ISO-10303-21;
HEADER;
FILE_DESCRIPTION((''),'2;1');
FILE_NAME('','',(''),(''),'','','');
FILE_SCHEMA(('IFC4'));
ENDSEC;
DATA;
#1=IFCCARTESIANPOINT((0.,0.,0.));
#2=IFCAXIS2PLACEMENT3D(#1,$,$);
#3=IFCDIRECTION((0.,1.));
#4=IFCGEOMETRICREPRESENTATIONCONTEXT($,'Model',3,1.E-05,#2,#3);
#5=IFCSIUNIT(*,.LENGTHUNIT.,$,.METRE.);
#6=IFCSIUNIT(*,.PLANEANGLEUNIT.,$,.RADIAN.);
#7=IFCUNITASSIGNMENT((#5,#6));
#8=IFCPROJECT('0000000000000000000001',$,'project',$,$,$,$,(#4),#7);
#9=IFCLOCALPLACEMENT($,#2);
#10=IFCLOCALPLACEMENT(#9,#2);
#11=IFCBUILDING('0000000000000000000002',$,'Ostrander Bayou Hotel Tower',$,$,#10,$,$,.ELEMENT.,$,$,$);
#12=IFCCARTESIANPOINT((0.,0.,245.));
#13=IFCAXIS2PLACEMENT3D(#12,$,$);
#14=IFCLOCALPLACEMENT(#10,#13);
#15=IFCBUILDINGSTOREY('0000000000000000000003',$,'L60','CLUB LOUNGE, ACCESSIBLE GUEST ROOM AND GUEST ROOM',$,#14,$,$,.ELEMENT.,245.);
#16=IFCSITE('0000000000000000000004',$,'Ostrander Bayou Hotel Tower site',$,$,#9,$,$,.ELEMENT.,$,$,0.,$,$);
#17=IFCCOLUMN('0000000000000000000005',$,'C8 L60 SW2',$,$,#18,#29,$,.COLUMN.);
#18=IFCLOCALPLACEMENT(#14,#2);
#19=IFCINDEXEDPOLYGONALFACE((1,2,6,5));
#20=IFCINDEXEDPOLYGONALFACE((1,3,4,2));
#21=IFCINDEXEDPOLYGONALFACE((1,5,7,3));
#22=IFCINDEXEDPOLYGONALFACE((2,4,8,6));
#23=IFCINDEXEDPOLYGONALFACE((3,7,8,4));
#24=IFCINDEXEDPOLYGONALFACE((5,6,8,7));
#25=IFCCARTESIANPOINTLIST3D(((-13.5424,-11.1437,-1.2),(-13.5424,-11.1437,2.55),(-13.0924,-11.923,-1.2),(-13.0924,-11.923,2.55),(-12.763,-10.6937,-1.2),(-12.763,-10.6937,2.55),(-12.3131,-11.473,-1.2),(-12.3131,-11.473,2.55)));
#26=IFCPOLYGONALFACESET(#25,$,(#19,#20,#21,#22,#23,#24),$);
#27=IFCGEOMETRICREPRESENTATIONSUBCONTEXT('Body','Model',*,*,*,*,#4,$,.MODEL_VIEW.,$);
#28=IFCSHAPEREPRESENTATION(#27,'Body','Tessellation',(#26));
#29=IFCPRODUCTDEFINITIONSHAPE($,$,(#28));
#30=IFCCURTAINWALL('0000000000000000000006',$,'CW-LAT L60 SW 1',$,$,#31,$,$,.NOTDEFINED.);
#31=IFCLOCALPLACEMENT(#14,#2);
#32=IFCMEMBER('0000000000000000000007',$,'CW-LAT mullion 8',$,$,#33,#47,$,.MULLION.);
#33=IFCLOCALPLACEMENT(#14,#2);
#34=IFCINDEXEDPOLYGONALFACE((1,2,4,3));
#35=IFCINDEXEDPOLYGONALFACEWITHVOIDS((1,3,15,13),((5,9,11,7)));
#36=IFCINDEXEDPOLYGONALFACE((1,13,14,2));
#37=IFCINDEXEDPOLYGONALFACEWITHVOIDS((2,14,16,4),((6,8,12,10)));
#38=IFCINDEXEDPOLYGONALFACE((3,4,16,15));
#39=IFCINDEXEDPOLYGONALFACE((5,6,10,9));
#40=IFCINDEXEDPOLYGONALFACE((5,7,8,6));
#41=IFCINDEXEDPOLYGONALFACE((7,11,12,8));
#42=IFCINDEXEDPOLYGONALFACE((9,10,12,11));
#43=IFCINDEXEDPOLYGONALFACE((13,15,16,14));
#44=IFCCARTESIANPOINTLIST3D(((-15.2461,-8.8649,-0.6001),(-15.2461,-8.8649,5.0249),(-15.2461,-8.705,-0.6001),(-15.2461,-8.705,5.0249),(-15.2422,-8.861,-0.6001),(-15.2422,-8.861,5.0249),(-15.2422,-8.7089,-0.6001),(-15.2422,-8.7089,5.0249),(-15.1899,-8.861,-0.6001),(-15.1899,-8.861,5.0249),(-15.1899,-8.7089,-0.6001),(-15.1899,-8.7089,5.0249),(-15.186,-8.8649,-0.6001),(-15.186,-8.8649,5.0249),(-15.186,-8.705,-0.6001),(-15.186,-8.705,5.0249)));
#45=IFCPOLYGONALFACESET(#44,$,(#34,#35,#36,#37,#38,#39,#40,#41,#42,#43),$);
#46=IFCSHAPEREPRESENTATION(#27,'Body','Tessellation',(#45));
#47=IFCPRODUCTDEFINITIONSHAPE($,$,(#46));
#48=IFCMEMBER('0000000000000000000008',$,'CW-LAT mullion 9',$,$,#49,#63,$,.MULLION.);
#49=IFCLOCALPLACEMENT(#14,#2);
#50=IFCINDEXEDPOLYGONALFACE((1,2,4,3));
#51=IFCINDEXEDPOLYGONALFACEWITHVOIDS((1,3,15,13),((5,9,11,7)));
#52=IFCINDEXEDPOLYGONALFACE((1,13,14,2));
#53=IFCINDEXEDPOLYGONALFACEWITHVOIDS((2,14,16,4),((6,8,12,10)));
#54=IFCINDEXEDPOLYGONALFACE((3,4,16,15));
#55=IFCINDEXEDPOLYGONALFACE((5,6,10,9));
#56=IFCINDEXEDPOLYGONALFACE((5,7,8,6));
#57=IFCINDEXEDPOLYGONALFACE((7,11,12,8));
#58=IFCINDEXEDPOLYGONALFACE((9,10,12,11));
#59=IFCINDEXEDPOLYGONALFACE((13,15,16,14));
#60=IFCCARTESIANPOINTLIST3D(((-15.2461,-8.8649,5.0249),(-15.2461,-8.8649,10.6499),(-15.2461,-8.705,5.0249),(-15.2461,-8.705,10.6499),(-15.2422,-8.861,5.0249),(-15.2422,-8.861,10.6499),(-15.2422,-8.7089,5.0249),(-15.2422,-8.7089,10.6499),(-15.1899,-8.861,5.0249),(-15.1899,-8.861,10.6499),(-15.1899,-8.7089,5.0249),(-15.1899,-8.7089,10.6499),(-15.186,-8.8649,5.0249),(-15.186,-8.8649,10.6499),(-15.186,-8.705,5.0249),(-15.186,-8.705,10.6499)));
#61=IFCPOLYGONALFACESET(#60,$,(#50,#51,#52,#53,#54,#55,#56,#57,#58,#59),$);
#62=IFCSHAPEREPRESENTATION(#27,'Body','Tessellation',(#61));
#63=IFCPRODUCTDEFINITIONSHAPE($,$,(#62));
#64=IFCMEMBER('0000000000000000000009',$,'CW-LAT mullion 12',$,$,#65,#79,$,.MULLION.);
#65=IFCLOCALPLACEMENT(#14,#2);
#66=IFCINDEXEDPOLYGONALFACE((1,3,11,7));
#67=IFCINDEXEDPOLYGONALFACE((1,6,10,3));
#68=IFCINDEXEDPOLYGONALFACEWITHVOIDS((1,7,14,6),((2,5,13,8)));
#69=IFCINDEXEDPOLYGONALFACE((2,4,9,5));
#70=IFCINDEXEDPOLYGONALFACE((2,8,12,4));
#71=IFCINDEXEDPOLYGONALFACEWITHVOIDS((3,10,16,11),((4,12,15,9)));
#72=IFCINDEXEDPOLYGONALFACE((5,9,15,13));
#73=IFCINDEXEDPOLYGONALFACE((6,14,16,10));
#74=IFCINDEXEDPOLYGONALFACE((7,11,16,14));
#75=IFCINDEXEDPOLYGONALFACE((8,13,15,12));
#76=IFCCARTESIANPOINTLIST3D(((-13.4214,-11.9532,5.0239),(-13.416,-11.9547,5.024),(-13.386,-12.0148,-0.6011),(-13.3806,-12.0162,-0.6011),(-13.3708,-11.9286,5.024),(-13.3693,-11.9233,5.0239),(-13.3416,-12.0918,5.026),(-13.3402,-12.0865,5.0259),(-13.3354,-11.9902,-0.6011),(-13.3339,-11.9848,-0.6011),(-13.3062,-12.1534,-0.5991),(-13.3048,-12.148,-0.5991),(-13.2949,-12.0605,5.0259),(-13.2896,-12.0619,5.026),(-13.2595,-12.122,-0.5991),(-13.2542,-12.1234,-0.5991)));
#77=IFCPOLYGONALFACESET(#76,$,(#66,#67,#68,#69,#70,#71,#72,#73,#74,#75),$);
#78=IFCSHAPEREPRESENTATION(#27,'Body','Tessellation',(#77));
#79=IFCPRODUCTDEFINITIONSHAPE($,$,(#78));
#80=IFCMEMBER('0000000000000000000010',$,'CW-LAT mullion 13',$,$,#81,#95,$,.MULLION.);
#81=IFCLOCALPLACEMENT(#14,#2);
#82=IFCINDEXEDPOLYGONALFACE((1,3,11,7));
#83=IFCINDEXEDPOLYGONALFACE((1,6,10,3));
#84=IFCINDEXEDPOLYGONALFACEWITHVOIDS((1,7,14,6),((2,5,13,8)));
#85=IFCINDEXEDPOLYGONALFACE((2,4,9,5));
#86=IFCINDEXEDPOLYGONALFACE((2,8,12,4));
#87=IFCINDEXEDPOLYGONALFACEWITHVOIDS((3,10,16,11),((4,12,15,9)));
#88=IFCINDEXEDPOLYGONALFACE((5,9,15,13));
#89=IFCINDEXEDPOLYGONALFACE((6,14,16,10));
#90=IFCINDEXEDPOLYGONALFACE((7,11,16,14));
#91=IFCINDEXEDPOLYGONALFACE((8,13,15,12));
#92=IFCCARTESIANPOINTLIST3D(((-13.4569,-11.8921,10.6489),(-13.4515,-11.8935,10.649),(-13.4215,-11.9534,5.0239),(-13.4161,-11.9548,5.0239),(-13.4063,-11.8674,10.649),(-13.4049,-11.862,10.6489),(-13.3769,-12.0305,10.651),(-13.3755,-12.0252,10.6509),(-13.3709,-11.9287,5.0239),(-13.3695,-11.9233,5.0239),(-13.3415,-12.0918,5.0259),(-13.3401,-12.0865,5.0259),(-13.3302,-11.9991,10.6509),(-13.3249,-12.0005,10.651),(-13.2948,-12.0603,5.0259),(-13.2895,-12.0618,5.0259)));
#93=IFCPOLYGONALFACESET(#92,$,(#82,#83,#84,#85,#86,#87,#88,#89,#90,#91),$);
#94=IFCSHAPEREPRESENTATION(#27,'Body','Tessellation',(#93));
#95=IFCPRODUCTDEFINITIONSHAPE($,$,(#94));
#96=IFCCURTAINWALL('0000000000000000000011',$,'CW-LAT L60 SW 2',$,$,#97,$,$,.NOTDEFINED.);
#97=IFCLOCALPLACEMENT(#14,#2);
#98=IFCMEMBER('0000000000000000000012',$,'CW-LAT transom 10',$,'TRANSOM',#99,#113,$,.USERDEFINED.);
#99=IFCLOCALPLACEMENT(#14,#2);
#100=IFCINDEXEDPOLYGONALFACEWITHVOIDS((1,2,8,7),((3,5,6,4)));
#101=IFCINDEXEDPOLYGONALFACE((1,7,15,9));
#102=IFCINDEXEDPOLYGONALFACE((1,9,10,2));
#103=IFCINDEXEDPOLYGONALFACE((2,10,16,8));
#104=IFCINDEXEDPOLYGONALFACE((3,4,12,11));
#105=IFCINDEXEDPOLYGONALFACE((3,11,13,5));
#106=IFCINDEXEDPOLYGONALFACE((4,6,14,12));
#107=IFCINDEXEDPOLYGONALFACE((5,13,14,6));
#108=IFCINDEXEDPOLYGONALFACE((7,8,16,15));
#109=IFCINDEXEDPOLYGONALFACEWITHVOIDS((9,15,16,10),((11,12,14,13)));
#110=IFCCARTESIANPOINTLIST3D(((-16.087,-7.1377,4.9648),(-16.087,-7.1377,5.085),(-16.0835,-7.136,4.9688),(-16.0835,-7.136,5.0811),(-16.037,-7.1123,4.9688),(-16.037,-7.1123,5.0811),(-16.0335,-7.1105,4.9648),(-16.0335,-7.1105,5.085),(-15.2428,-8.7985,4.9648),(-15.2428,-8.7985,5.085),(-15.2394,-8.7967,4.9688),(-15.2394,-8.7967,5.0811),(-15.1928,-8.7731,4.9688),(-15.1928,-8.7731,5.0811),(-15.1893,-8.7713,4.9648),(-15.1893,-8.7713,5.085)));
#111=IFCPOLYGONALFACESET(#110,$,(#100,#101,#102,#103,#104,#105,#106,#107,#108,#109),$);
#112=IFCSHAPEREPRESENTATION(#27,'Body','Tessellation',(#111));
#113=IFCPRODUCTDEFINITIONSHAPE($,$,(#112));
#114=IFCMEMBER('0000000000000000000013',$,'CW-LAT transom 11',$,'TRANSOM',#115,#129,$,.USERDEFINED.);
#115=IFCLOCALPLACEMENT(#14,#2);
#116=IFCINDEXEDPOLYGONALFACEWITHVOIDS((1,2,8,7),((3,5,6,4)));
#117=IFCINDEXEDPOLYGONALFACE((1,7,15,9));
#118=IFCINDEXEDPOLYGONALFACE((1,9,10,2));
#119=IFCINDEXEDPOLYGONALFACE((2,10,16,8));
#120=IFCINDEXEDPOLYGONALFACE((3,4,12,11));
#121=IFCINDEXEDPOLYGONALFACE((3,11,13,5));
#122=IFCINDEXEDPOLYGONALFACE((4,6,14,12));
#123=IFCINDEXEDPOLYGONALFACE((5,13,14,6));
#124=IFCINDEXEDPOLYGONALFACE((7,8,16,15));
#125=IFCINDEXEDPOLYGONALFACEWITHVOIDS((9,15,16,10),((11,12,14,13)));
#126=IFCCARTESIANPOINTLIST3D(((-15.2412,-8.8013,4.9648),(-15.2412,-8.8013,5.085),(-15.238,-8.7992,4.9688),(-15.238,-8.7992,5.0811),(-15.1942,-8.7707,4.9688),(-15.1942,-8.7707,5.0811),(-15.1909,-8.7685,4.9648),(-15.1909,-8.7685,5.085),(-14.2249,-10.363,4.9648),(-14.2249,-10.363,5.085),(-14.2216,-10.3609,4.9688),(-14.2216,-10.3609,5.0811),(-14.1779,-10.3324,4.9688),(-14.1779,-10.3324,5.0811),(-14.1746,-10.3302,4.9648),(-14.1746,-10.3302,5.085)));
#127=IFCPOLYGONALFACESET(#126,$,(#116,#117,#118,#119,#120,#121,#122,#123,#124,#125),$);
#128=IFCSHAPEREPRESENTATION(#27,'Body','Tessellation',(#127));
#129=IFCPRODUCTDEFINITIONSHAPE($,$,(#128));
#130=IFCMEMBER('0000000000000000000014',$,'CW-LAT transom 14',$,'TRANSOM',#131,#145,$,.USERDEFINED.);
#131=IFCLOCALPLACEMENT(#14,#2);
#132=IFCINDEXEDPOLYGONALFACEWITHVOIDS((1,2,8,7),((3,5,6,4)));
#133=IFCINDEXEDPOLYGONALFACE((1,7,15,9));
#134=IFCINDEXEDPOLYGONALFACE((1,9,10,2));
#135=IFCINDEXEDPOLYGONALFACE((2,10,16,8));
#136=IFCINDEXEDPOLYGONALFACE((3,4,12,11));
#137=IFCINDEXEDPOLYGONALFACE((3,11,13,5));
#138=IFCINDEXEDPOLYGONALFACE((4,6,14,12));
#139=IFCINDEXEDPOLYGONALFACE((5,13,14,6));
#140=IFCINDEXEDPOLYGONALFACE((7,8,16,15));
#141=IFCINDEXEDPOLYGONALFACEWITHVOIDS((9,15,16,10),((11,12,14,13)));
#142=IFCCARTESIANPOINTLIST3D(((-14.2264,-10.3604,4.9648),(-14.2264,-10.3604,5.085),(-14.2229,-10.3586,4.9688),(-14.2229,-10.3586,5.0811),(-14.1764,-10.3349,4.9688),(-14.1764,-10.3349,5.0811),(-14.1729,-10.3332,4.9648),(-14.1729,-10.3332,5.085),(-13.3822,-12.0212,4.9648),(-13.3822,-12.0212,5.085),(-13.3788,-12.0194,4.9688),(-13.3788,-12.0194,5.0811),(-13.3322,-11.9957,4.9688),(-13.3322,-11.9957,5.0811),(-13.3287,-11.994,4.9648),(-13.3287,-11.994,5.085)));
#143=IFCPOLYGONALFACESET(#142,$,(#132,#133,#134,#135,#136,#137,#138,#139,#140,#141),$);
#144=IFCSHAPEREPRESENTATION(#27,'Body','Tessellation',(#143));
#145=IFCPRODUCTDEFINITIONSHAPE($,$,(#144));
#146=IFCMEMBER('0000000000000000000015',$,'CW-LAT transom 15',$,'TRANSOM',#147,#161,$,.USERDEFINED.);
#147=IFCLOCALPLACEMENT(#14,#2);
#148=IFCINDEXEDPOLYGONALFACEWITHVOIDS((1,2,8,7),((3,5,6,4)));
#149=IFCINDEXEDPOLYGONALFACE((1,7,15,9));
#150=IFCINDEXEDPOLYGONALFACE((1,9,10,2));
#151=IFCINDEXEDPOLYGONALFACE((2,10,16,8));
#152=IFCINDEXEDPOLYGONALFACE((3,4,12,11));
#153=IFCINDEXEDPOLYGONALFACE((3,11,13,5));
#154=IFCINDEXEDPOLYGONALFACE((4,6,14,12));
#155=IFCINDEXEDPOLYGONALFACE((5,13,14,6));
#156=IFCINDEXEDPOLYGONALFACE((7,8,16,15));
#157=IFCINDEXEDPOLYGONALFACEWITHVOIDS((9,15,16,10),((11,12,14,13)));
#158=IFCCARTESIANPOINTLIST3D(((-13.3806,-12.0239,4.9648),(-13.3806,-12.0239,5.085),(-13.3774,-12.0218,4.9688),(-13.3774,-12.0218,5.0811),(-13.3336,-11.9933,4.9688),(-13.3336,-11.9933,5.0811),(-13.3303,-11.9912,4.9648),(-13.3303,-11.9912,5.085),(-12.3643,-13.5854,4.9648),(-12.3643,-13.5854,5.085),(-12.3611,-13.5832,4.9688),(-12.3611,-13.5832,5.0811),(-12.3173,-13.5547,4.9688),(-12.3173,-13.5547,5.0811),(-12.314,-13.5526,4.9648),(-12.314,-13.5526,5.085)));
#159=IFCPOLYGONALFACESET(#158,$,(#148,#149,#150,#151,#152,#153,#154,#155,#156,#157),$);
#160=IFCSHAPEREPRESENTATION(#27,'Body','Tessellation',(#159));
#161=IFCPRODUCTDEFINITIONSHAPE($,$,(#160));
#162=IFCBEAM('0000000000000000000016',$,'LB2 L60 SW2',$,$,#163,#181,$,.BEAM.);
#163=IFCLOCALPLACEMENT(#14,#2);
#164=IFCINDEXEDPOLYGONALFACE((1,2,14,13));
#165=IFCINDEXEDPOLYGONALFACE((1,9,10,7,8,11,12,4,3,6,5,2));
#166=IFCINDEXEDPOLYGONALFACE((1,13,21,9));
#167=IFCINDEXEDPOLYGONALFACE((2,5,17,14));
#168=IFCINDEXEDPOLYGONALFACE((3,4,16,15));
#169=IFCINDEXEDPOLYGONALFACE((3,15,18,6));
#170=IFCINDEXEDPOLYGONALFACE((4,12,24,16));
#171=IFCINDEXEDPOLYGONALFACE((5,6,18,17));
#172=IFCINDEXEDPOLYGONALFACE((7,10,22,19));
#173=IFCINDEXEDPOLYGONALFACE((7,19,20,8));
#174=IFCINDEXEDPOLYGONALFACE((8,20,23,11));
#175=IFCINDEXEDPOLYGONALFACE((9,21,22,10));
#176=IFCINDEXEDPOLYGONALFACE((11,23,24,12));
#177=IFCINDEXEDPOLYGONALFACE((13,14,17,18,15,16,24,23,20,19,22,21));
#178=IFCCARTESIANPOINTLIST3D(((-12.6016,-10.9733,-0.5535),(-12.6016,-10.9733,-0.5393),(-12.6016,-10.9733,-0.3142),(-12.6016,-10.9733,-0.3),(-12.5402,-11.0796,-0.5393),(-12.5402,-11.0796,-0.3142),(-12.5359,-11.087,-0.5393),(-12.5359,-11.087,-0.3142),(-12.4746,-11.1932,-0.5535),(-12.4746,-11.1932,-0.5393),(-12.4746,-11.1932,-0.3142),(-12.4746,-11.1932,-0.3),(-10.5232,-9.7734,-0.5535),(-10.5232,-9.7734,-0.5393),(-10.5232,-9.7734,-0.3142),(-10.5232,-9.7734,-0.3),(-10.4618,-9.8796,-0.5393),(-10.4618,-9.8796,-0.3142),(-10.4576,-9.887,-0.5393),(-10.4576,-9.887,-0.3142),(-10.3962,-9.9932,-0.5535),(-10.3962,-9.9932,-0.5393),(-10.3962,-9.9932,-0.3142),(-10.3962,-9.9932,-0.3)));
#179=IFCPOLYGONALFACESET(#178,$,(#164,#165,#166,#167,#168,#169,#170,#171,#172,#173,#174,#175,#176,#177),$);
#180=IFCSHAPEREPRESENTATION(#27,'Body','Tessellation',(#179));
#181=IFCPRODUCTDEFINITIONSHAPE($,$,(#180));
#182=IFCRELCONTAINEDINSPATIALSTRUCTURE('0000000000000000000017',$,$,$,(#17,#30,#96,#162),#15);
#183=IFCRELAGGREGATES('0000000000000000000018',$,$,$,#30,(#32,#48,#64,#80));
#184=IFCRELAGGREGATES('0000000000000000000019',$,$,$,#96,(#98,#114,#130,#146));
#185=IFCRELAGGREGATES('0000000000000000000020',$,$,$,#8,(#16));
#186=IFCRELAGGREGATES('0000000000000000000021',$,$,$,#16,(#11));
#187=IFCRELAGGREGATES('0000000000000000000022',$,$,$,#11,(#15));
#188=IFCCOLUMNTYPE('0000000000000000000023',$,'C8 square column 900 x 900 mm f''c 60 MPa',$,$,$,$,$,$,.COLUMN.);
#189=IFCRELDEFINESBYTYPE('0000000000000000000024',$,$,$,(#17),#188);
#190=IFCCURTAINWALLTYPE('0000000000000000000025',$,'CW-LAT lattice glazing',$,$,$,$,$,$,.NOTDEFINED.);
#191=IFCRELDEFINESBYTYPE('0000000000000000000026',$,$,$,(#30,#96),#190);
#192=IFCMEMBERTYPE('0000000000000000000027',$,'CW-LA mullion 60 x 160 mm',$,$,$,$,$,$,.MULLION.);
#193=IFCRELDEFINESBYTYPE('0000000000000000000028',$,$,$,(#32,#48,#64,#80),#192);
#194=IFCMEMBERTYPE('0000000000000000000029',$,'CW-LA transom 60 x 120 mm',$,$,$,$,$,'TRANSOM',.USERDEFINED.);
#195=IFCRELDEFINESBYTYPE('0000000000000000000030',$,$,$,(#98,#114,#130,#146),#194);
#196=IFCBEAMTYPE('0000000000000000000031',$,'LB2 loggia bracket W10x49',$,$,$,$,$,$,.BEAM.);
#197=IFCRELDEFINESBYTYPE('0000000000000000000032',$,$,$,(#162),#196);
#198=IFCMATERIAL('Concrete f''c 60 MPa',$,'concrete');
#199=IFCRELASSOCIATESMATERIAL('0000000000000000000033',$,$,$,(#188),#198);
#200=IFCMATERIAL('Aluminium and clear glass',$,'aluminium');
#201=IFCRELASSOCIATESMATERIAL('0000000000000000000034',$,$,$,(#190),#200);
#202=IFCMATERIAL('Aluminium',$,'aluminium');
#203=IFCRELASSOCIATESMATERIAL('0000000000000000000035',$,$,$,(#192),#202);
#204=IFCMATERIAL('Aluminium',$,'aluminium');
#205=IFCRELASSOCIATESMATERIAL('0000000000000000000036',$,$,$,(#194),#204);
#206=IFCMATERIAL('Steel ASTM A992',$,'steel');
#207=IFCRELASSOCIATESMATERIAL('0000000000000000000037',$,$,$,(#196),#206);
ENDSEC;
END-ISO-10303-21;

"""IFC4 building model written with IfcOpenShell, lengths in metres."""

from ifc_helpers import new_model, si_unit, direction, frame, origin, origin_2d, place, context, subcontext, project, spatial, rectangle, hollow_rectangle, i_section, extrude, material, material_profile, profile_set, type_object, element, aggregate, save


model = new_model("IFC4")

# Units and contexts
model_context = context("Model", 3, precision=1e-05, world=origin(), true_north=direction((0.0, 1.0)))
body_context = subcontext(model_context, "Body", "Model", "MODEL_VIEW")
ifc_project = project(units=[si_unit("LENGTHUNIT", "METRE"), si_unit("PLANEANGLEUNIT", "RADIAN")], contexts=[model_context])

# Site, building, storey
site_placement = place(None, origin())
site = spatial("IfcSite", under=ifc_project, at=site_placement, Name="Ostrander Bayou Hotel Tower site", CompositionType="ELEMENT", RefElevation=0.0)
building_placement = place(site_placement, origin())
building = spatial("IfcBuilding", under=site, at=building_placement, Name="Ostrander Bayou Hotel Tower", CompositionType="ELEMENT")
storey_placement = place(building_placement, frame((0.0, 0.0, 245.0)))
storey = spatial("IfcBuildingStorey", under=building, at=storey_placement, Name="L60", Description="CLUB LOUNGE, ACCESSIBLE GUEST ROOM AND GUEST ROOM", CompositionType="ELEMENT", Elevation=245.0)

# Column
ifc_material_1 = material(Name="Concrete f'c 60 MPa", Category="concrete")
ifc_material_profile_1 = material_profile(ifc_material_1, rectangle(XDim=0.8999, YDim=0.8999, at=origin_2d()))
ifc_profile_set_1 = profile_set([ifc_material_profile_1], Name="Concrete f'c 60 MPa")
column_type = type_object("IfcColumnType", Name="C8 square column 900 x 900 mm f'c 60 MPa", PredefinedType="COLUMN", material=ifc_profile_set_1)
column_placement = place(storey_placement, frame((-12.9277, -11.3083, -1.2), z_axis=(0.0, 0.0, 1.0), x_axis=(-0.5, 0.866025, 0.0)))
element("IfcColumn", 1, at=column_placement, inside=storey, type_object=column_type, Name="C8 L60 SW2", PredefinedType="COLUMN", context=body_context, shape_type="SweptSolid", body=[
    extrude(rectangle(XDim=0.8999, YDim=0.8999, at=origin_2d()), origin(), (0.0, 0.0, 1.0), 3.75),
])

# Curtain walls, members
ifc_material_2 = material(Name="Aluminium and clear glass", Category="aluminium")
curtain_wall_type = type_object("IfcCurtainWallType", Name="CW-LAT lattice glazing", PredefinedType="NOTDEFINED", material=ifc_material_2)
curtain_wall_1_placement = place(storey_placement, origin())
curtain_wall_1 = element("IfcCurtainWall", 2, at=curtain_wall_1_placement, inside=storey, type_object=curtain_wall_type, Name="CW-LAT L60 SW 1", PredefinedType="NOTDEFINED")
ifc_material_3 = material(Name="Aluminium", Category="aluminium")
ifc_material_profile_2 = material_profile(ifc_material_3, hollow_rectangle(XDim=0.0601, YDim=0.1599, WallThickness=0.0039, at=origin_2d()))
ifc_profile_set_2 = profile_set([ifc_material_profile_2], Name="Aluminium")
member_type_1 = type_object("IfcMemberType", Name="CW-LA mullion 60 x 160 mm", PredefinedType="MULLION", material=ifc_profile_set_2)
member_1_placement = place(storey_placement, frame((-15.2161, -8.7849, -0.6001), z_axis=(0.0, 0.0, 1.0), x_axis=(1.0, 0.0, 0.0)))
member_1 = element("IfcMember", 3, at=member_1_placement, type_object=member_type_1, Name="CW-LAT mullion 8", PredefinedType="MULLION", context=body_context, shape_type="SweptSolid", body=[
    extrude(hollow_rectangle(XDim=0.0601, YDim=0.1599, WallThickness=0.0039, at=origin_2d()), origin(), (0.0, 0.0, 1.0), 5.625),
])
member_2_placement = place(storey_placement, frame((-15.2161, -8.7849, 5.0249), z_axis=(0.0, 0.0, 1.0), x_axis=(1.0, 0.0, 0.0)))
member_2 = element("IfcMember", 4, at=member_2_placement, type_object=member_type_1, Name="CW-LAT mullion 9", PredefinedType="MULLION", context=body_context, shape_type="SweptSolid", body=[
    extrude(hollow_rectangle(XDim=0.0601, YDim=0.1599, WallThickness=0.0039, at=origin_2d()), origin(), (0.0, 0.0, 1.0), 5.625),
])
member_3_placement = place(storey_placement, frame((-13.3201, -12.0691, -0.6001), z_axis=(-0.006293, 0.010937, 0.99992), x_axis=(-0.866758, -0.49873, 0.0)))
member_3 = element("IfcMember", 5, at=member_3_placement, type_object=member_type_1, Name="CW-LAT mullion 12", PredefinedType="MULLION", context=body_context, shape_type="SweptSolid", body=[
    extrude(hollow_rectangle(XDim=0.0601, YDim=0.1599, WallThickness=0.0039, at=origin_2d()), origin(), (0.0, 0.0, 1.0), 5.6255),
])
member_4_placement = place(storey_placement, frame((-13.3555, -12.0076, 5.0249), z_axis=(-0.006293, 0.010893, 0.999921), x_axis=(-0.865898, -0.50022, 0.0)))
member_4 = element("IfcMember", 6, at=member_4_placement, type_object=member_type_1, Name="CW-LAT mullion 13", PredefinedType="MULLION", context=body_context, shape_type="SweptSolid", body=[
    extrude(hollow_rectangle(XDim=0.0601, YDim=0.1599, WallThickness=0.0039, at=origin_2d()), origin(), (0.0, 0.0, 1.0), 5.6255),
])
curtain_wall_2_placement = place(storey_placement, origin())
curtain_wall_2 = element("IfcCurtainWall", 7, at=curtain_wall_2_placement, inside=storey, type_object=curtain_wall_type, Name="CW-LAT L60 SW 2", PredefinedType="NOTDEFINED")
ifc_material_4 = material(Name="Aluminium", Category="aluminium")
ifc_material_profile_3 = material_profile(ifc_material_4, hollow_rectangle(XDim=0.0601, YDim=0.1201, WallThickness=0.0039, at=origin_2d()))
ifc_profile_set_3 = profile_set([ifc_material_profile_3], Name="Aluminium")
member_type_2 = type_object("IfcMemberType", Name="CW-LA transom 60 x 120 mm", ElementType="TRANSOM", PredefinedType="USERDEFINED", material=ifc_profile_set_3)
member_5_placement = place(storey_placement, frame((-15.2161, -8.7849, 5.0249), z_axis=(-0.453127, 0.891446, 0.0), x_axis=(-0.891446, -0.453127, 0.0)))
member_5 = element("IfcMember", 8, at=member_5_placement, type_object=member_type_2, Name="CW-LAT transom 10", ObjectType="TRANSOM", PredefinedType="USERDEFINED", context=body_context, shape_type="SweptSolid", body=[
    extrude(hollow_rectangle(XDim=0.0601, YDim=0.1201, WallThickness=0.0039, at=origin_2d()), origin(), (0.0, 0.0, 1.0), 1.863),
])
member_6_placement = place(storey_placement, frame((-15.2161, -8.7849, 5.0249), z_axis=(0.545444, -0.838147, 0.0), x_axis=(0.838147, 0.545444, 0.0)))
member_6 = element("IfcMember", 9, at=member_6_placement, type_object=member_type_2, Name="CW-LAT transom 11", ObjectType="TRANSOM", PredefinedType="USERDEFINED", context=body_context, shape_type="SweptSolid", body=[
    extrude(hollow_rectangle(XDim=0.0601, YDim=0.1201, WallThickness=0.0039, at=origin_2d()), origin(), (0.0, 0.0, 1.0), 1.8633),
])
member_7_placement = place(storey_placement, frame((-13.3555, -12.0076, 5.0249), z_axis=(-0.453127, 0.891446, 0.0), x_axis=(-0.891446, -0.453127, 0.0)))
member_7 = element("IfcMember", 10, at=member_7_placement, type_object=member_type_2, Name="CW-LAT transom 14", ObjectType="TRANSOM", PredefinedType="USERDEFINED", context=body_context, shape_type="SweptSolid", body=[
    extrude(hollow_rectangle(XDim=0.0601, YDim=0.1201, WallThickness=0.0039, at=origin_2d()), origin(), (0.0, 0.0, 1.0), 1.863),
])
member_8_placement = place(storey_placement, frame((-13.3555, -12.0076, 5.0249), z_axis=(0.545504, -0.838108, 0.0), x_axis=(0.838108, 0.545504, 0.0)))
member_8 = element("IfcMember", 11, at=member_8_placement, type_object=member_type_2, Name="CW-LAT transom 15", ObjectType="TRANSOM", PredefinedType="USERDEFINED", context=body_context, shape_type="SweptSolid", body=[
    extrude(hollow_rectangle(XDim=0.0601, YDim=0.1201, WallThickness=0.0039, at=origin_2d()), origin(), (0.0, 0.0, 1.0), 1.863),
])

# Beam
ifc_material_5 = material(Name="Steel ASTM A992", Category="steel")
ifc_material_profile_4 = material_profile(ifc_material_5, i_section(OverallWidth=0.2539, OverallDepth=0.2534, WebThickness=0.0085, FlangeThickness=0.0142, at=origin_2d()))
ifc_profile_set_4 = profile_set([ifc_material_profile_4], Name="Steel ASTM A992")
beam_type_1 = type_object("IfcBeamType", Name="LB2 loggia bracket W10x49", PredefinedType="BEAM", material=ifc_profile_set_4)
beam_1_placement = place(storey_placement, frame((-12.5381, -11.0833, -0.4268), z_axis=(0.866025, 0.500001, 0.0), x_axis=(-0.500001, 0.866025, 0.0)))
element("IfcBeam", 12, at=beam_1_placement, inside=storey, type_object=beam_type_1, Name="LB2 L60 SW2", PredefinedType="BEAM", context=body_context, shape_type="SweptSolid", body=[
    extrude(i_section(OverallWidth=0.2539, OverallDepth=0.2534, WebThickness=0.0085, FlangeThickness=0.0142, at=origin_2d()), origin(), (0.0, 0.0, 1.0), 2.3999),
])

aggregate(curtain_wall_1, [member_1, member_2, member_3, member_4])
aggregate(curtain_wall_2, [member_5, member_6, member_7, member_8])

save(model, "model.ifc")
